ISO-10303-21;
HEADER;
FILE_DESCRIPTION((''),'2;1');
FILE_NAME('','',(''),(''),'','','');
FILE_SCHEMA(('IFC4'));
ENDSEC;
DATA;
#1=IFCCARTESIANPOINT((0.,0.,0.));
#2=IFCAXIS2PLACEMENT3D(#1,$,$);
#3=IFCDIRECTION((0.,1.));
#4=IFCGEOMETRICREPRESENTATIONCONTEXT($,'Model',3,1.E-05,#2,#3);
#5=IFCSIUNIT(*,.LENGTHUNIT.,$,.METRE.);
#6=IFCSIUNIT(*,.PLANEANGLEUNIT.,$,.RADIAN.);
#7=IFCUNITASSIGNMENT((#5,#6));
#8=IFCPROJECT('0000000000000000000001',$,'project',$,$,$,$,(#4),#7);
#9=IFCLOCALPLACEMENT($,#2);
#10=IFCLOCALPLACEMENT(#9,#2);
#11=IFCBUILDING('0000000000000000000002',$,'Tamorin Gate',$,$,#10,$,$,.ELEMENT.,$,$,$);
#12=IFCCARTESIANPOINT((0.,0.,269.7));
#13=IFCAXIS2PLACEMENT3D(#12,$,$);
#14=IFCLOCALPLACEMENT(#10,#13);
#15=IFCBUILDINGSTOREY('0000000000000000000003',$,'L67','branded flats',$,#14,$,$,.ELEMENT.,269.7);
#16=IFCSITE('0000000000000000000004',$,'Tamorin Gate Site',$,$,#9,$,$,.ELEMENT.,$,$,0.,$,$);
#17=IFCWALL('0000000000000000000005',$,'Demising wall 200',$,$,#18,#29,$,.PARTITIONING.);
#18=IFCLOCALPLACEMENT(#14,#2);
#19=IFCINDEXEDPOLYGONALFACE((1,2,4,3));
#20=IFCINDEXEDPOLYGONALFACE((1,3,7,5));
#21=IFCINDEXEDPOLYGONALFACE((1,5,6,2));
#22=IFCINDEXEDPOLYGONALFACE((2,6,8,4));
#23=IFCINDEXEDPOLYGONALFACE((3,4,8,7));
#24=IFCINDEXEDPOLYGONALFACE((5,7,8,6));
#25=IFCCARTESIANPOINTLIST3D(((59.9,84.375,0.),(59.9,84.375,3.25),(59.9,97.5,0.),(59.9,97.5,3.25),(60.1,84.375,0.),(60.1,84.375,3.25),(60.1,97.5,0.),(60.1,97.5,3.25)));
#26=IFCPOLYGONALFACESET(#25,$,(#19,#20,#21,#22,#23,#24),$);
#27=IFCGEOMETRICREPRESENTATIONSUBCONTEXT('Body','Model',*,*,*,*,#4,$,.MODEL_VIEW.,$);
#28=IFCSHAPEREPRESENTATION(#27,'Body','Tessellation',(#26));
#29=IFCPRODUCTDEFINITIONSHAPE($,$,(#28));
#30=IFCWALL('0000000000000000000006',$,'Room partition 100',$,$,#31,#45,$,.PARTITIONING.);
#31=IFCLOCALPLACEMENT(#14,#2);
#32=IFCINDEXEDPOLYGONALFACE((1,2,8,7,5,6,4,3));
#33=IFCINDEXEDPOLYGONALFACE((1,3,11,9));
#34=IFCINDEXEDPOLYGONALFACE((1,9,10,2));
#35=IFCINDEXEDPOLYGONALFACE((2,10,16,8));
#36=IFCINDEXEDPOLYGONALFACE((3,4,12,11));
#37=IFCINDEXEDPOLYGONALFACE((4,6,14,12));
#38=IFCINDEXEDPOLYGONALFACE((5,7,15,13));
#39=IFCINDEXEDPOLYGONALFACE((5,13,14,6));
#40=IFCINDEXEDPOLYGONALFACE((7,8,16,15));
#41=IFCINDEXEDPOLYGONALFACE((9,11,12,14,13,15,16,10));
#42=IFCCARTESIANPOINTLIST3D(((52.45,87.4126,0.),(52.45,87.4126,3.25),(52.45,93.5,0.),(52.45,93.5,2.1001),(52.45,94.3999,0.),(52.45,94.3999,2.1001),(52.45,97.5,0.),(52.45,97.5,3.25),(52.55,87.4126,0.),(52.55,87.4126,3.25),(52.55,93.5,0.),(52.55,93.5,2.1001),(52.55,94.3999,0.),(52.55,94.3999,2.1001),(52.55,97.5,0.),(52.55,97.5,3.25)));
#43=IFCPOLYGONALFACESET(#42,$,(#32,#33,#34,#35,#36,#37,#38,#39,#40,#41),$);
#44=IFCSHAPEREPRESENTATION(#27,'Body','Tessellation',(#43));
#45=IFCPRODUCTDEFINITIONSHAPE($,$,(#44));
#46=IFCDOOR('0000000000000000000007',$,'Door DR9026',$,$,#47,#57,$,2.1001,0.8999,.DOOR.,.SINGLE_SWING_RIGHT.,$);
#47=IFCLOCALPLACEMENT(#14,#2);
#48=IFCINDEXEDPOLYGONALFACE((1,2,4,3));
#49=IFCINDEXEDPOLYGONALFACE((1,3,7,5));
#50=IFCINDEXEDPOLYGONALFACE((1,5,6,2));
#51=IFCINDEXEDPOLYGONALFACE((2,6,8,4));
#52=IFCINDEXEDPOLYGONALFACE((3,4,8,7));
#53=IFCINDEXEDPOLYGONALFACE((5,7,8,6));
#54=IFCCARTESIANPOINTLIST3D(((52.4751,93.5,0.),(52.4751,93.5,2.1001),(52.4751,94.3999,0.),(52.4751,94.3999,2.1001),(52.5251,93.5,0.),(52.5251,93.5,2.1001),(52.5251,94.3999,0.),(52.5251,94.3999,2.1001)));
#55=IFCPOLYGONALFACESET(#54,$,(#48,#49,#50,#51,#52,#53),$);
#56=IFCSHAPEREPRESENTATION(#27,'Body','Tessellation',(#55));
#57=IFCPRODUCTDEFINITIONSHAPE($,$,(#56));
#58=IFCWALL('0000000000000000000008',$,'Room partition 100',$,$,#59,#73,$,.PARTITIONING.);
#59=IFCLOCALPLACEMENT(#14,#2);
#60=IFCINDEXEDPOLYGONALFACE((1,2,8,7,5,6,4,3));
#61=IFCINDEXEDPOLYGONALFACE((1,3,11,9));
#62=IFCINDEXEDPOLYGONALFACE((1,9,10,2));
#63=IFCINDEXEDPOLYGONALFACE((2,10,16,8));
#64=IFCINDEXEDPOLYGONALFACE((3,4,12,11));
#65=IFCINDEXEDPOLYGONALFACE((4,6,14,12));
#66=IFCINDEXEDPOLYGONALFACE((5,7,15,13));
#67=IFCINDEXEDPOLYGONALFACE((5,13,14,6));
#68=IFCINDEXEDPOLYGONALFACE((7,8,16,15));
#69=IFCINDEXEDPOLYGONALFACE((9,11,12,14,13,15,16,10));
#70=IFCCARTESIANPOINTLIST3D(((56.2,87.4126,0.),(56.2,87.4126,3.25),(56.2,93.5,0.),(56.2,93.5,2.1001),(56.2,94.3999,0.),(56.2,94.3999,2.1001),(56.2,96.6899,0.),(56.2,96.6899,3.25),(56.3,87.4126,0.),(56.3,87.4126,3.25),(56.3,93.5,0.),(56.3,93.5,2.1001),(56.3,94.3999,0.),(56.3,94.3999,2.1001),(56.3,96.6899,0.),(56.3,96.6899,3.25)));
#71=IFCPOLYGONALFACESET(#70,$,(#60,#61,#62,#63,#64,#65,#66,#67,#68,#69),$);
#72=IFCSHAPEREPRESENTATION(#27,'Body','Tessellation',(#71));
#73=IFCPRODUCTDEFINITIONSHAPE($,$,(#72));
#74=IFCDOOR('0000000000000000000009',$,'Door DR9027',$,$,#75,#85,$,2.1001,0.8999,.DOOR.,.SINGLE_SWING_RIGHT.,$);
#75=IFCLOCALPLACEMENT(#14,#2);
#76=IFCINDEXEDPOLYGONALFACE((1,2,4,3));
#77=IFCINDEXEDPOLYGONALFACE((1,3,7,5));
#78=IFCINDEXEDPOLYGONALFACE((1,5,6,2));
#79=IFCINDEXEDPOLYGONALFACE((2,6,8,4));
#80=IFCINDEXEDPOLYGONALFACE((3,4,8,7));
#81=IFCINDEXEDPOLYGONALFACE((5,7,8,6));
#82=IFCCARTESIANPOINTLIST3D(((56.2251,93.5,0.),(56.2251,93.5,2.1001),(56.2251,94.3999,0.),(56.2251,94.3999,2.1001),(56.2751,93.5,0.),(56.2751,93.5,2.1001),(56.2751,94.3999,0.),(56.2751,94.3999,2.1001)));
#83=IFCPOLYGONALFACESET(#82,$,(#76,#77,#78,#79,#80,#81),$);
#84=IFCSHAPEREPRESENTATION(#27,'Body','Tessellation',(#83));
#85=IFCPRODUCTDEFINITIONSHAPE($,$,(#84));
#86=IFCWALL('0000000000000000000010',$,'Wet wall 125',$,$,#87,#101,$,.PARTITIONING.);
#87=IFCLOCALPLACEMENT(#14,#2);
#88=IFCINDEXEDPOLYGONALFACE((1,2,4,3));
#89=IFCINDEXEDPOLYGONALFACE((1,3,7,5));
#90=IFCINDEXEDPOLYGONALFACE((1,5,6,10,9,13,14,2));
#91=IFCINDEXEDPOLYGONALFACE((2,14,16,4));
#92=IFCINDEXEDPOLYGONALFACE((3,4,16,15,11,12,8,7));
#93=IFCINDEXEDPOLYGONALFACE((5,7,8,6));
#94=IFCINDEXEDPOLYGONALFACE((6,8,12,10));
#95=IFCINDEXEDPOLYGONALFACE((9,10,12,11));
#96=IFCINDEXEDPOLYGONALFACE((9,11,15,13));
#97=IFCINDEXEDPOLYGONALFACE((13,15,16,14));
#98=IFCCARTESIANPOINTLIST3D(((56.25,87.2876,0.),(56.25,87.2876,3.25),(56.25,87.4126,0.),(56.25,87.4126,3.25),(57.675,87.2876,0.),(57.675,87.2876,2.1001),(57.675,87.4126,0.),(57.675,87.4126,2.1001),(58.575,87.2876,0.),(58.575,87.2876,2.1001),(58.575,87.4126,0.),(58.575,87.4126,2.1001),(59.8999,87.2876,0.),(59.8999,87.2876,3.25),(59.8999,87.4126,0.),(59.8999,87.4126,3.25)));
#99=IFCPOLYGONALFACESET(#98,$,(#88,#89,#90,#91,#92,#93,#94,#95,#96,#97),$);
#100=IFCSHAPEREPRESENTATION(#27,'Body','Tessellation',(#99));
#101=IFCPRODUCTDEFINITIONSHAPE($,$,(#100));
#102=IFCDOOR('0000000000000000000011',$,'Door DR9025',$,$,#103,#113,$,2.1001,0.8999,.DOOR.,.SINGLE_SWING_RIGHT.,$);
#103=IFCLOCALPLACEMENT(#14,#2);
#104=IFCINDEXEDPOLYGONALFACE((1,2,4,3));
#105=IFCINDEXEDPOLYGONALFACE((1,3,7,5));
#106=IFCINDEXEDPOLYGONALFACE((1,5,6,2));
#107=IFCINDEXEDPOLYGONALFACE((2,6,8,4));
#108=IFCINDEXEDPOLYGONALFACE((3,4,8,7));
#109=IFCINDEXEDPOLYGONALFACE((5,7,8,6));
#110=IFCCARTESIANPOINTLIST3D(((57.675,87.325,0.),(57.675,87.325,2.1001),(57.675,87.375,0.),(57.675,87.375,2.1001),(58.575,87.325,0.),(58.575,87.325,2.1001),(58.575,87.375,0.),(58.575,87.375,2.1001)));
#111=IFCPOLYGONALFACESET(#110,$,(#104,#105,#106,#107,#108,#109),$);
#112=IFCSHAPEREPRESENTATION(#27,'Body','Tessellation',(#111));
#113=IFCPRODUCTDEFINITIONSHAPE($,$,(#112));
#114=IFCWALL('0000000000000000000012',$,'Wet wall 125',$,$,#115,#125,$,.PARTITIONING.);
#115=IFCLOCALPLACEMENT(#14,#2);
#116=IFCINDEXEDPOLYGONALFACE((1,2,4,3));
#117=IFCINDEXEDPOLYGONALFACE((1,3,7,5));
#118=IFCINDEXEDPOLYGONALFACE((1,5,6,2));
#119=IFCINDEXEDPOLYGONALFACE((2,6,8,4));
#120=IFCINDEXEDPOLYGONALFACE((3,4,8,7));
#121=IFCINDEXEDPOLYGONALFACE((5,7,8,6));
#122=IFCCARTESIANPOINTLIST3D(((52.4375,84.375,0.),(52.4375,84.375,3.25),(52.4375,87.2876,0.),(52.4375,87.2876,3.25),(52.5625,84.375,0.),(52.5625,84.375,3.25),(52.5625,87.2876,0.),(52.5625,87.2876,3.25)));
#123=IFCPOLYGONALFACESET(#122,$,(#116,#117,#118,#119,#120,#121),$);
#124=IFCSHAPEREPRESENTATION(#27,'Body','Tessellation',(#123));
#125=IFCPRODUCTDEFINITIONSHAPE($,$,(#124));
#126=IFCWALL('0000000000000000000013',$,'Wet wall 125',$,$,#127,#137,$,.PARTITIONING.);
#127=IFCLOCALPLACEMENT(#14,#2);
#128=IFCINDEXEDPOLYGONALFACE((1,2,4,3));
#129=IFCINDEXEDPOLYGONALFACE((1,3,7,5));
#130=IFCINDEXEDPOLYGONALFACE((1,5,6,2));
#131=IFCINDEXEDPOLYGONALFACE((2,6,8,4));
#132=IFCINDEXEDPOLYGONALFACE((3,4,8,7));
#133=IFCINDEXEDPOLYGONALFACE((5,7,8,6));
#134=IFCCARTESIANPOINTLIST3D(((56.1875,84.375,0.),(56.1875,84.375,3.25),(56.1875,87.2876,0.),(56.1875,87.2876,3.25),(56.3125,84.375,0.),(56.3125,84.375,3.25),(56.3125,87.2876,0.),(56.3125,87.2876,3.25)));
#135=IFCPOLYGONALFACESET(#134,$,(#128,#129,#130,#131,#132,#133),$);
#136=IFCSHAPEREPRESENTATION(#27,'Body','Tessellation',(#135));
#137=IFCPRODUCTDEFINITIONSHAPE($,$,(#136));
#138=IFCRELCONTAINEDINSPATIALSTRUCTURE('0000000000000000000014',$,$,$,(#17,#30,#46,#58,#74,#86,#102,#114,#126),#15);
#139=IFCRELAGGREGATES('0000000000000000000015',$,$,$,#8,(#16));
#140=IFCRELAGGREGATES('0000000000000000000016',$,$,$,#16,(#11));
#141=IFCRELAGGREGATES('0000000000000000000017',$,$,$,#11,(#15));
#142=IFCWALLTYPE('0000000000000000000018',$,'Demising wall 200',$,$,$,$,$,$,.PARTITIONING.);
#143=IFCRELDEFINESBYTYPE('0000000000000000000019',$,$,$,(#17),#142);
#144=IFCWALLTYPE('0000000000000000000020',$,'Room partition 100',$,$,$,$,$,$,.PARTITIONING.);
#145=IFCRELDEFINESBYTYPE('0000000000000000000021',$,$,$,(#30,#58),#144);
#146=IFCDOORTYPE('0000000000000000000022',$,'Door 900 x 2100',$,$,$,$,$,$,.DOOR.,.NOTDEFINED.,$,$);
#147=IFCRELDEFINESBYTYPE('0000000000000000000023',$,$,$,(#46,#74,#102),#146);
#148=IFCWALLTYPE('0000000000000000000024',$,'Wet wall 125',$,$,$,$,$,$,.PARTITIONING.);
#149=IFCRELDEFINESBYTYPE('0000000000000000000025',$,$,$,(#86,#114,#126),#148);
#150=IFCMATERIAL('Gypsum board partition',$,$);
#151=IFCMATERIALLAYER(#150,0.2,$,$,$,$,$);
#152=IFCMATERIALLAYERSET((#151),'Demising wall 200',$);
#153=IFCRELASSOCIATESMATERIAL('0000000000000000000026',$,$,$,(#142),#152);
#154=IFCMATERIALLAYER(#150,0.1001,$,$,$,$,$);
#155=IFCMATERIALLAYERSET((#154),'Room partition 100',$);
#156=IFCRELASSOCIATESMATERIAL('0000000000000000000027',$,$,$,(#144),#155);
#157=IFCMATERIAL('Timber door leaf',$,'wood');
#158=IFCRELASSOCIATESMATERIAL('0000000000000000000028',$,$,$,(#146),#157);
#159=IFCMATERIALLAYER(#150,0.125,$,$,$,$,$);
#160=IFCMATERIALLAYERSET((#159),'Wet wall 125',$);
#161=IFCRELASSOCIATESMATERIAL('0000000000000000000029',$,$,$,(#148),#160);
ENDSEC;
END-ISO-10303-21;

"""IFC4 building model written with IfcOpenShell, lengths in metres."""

from ifc_helpers import new_model, si_unit, direction, frame, frame_2d, origin, place, context, subcontext, project, spatial, rectangle, extrude, material, layer, layer_set, type_object, element, fill, save


model = new_model("IFC4")

# Units and contexts
model_context = context("Model", 3, precision=1e-05, world=origin(), true_north=direction((0.0, 1.0)))
body_context = subcontext(model_context, "Body", "Model", "MODEL_VIEW")
ifc_project = project(units=[si_unit("LENGTHUNIT", "METRE"), si_unit("PLANEANGLEUNIT", "RADIAN")], contexts=[model_context])

# Site, building, storey
site_placement = place(None, origin())
site = spatial("IfcSite", under=ifc_project, at=site_placement, Name="Tamorin Gate Site", CompositionType="ELEMENT", RefElevation=0.0)
building_placement = place(site_placement, origin())
building = spatial("IfcBuilding", under=site, at=building_placement, Name="Tamorin Gate", CompositionType="ELEMENT")
storey_placement = place(building_placement, frame((0.0, 0.0, 269.7)))
storey = spatial("IfcBuildingStorey", under=building, at=storey_placement, Name="L67", Description="branded flats", CompositionType="ELEMENT", Elevation=269.7)

# Wall
ifc_material_1 = material(Name="Gypsum board partition")
ifc_layer_1 = layer(ifc_material_1, 0.2)
ifc_layer_set_1 = layer_set([ifc_layer_1], Name="Demising wall 200")
wall_type_1 = type_object("IfcWallType", Name="Demising wall 200", PredefinedType="PARTITIONING", material=ifc_layer_set_1)
wall_1_placement = place(storey_placement, frame((60.0, 84.375, 0.0), z_axis=(0.0, 0.0, 1.0), x_axis=(0.0, 1.0, 0.0)))
element("IfcWall", 1, at=wall_1_placement, inside=storey, type_object=wall_type_1, Name="Demising wall 200", PredefinedType="PARTITIONING", context=body_context, shape_type="SweptSolid", body=[
    extrude(rectangle(XDim=13.125, YDim=0.2, at=frame_2d((6.5625, 0.0))), origin(), (0.0, 0.0, 1.0), 3.25),
])

# Walls, openings, doors
ifc_layer_2 = layer(ifc_material_1, 0.1001)
ifc_layer_set_2 = layer_set([ifc_layer_2], Name="Room partition 100")
wall_type_2 = type_object("IfcWallType", Name="Room partition 100", PredefinedType="PARTITIONING", material=ifc_layer_set_2)
wall_2_placement = place(storey_placement, frame((52.5, 87.4126, 0.0), z_axis=(0.0, 0.0, 1.0), x_axis=(0.0, 1.0, 0.0)))
wall_2 = element("IfcWall", 2, at=wall_2_placement, inside=storey, type_object=wall_type_2, Name="Room partition 100", PredefinedType="PARTITIONING", context=body_context, shape_type="SweptSolid", body=[
    extrude(rectangle(XDim=10.0874, YDim=0.1001, at=frame_2d((5.0437, 0.0))), origin(), (0.0, 0.0, 1.0), 3.25),
])
opening_1_placement = place(wall_2_placement, frame((6.0874, 0.0, 0.0)))
opening_1 = element("IfcOpeningElement", 3, at=opening_1_placement, cuts=wall_2, PredefinedType="OPENING", context=body_context, shape_type="SweptSolid", body=[
    extrude(rectangle(XDim=0.8999, YDim=2.1001, at=frame_2d((0.45, 1.05))), frame((0.0, 0.0601, 0.0), z_axis=(0.0, -1.0, 0.0), x_axis=(1.0, 0.0, 0.0)), (0.0, 0.0, 1.0), 0.1201),
])
ifc_material_2 = material(Name="Timber door leaf", Category="wood")
door_type = type_object("IfcDoorType", Name="Door 900 x 2100", OperationType="NOTDEFINED", PredefinedType="DOOR", material=ifc_material_2)
door_1_placement = place(opening_1_placement, origin())
door_1 = element("IfcDoor", 4, at=door_1_placement, inside=storey, type_object=door_type, Name="Door DR9026", OperationType="SINGLE_SWING_RIGHT", OverallHeight=2.1001, OverallWidth=0.8999, PredefinedType="DOOR", context=body_context, shape_type="SweptSolid", body=[
    extrude(rectangle(XDim=0.8999, YDim=2.1001, at=frame_2d((0.45, 1.05))), frame((0.0, 0.0249, 0.0), z_axis=(0.0, -1.0, 0.0), x_axis=(1.0, 0.0, 0.0)), (0.0, 0.0, 1.0), 0.05),
])
fill(opening_1, door_1)
wall_3_placement = place(storey_placement, frame((56.25, 87.4126, 0.0), z_axis=(0.0, 0.0, 1.0), x_axis=(0.0, 1.0, 0.0)))
wall_3 = element("IfcWall", 5, at=wall_3_placement, inside=storey, type_object=wall_type_2, Name="Room partition 100", PredefinedType="PARTITIONING", context=body_context, shape_type="SweptSolid", body=[
    extrude(rectangle(XDim=9.2773, YDim=0.1001, at=frame_2d((4.6387, 0.0))), origin(), (0.0, 0.0, 1.0), 3.25),
])
opening_2_placement = place(wall_3_placement, frame((6.0874, 0.0, 0.0)))
opening_2 = element("IfcOpeningElement", 6, at=opening_2_placement, cuts=wall_3, PredefinedType="OPENING", context=body_context, shape_type="SweptSolid", body=[
    extrude(rectangle(XDim=0.8999, YDim=2.1001, at=frame_2d((0.45, 1.05))), frame((0.0, 0.0601, 0.0), z_axis=(0.0, -1.0, 0.0), x_axis=(1.0, 0.0, 0.0)), (0.0, 0.0, 1.0), 0.1201),
])
door_2_placement = place(opening_2_placement, origin())
door_2 = element("IfcDoor", 7, at=door_2_placement, inside=storey, type_object=door_type, Name="Door DR9027", OperationType="SINGLE_SWING_RIGHT", OverallHeight=2.1001, OverallWidth=0.8999, PredefinedType="DOOR", context=body_context, shape_type="SweptSolid", body=[
    extrude(rectangle(XDim=0.8999, YDim=2.1001, at=frame_2d((0.45, 1.05))), frame((0.0, 0.0249, 0.0), z_axis=(0.0, -1.0, 0.0), x_axis=(1.0, 0.0, 0.0)), (0.0, 0.0, 1.0), 0.05),
])
fill(opening_2, door_2)
ifc_layer_3 = layer(ifc_material_1, 0.125)
ifc_layer_set_3 = layer_set([ifc_layer_3], Name="Wet wall 125")
wall_type_3 = type_object("IfcWallType", Name="Wet wall 125", PredefinedType="PARTITIONING", material=ifc_layer_set_3)
wall_4_placement = place(storey_placement, frame((56.25, 87.3501, 0.0), z_axis=(0.0, 0.0, 1.0), x_axis=(1.0, 0.0, 0.0)))
wall_4 = element("IfcWall", 8, at=wall_4_placement, inside=storey, type_object=wall_type_3, Name="Wet wall 125", PredefinedType="PARTITIONING", context=body_context, shape_type="SweptSolid", body=[
    extrude(rectangle(XDim=3.6499, YDim=0.125, at=frame_2d((1.825, 0.0))), origin(), (0.0, 0.0, 1.0), 3.25),
])
opening_3_placement = place(wall_4_placement, frame((1.425, 0.0, 0.0)))
opening_3 = element("IfcOpeningElement", 9, at=opening_3_placement, cuts=wall_4, PredefinedType="OPENING", context=body_context, shape_type="SweptSolid", body=[
    extrude(rectangle(XDim=0.8999, YDim=2.1001, at=frame_2d((0.45, 1.05))), frame((0.0, 0.0725, 0.0), z_axis=(0.0, -1.0, 0.0), x_axis=(1.0, 0.0, 0.0)), (0.0, 0.0, 1.0), 0.145),
])
door_3_placement = place(opening_3_placement, origin())
door_3 = element("IfcDoor", 10, at=door_3_placement, inside=storey, type_object=door_type, Name="Door DR9025", OperationType="SINGLE_SWING_RIGHT", OverallHeight=2.1001, OverallWidth=0.8999, PredefinedType="DOOR", context=body_context, shape_type="SweptSolid", body=[
    extrude(rectangle(XDim=0.8999, YDim=2.1001, at=frame_2d((0.45, 1.05))), frame((0.0, 0.0249, 0.0), z_axis=(0.0, -1.0, 0.0), x_axis=(1.0, 0.0, 0.0)), (0.0, 0.0, 1.0), 0.05),
])
fill(opening_3, door_3)

# Walls
for number, where, z_axis, x_axis, name in (
    (11, (52.5, 84.375, 0.0), (0.0, 0.0, 1.0), (0.0, 1.0, 0.0), "Wet wall 125"),
    (12, (56.25, 84.375, 0.0), (0.0, 0.0, 1.0), (0.0, 1.0, 0.0), "Wet wall 125"),
):
    element("IfcWall", number, at=place(storey_placement, frame(where, z_axis=z_axis, x_axis=x_axis)), inside=storey, type_object=wall_type_3, Name=name, PredefinedType="PARTITIONING", context=body_context, shape_type="SweptSolid", body=[
        extrude(rectangle(XDim=2.9126, YDim=0.125, at=frame_2d((1.4563, 0.0))), origin(), (0.0, 0.0, 1.0), 3.25),
    ])

save(model, "model.ifc")
